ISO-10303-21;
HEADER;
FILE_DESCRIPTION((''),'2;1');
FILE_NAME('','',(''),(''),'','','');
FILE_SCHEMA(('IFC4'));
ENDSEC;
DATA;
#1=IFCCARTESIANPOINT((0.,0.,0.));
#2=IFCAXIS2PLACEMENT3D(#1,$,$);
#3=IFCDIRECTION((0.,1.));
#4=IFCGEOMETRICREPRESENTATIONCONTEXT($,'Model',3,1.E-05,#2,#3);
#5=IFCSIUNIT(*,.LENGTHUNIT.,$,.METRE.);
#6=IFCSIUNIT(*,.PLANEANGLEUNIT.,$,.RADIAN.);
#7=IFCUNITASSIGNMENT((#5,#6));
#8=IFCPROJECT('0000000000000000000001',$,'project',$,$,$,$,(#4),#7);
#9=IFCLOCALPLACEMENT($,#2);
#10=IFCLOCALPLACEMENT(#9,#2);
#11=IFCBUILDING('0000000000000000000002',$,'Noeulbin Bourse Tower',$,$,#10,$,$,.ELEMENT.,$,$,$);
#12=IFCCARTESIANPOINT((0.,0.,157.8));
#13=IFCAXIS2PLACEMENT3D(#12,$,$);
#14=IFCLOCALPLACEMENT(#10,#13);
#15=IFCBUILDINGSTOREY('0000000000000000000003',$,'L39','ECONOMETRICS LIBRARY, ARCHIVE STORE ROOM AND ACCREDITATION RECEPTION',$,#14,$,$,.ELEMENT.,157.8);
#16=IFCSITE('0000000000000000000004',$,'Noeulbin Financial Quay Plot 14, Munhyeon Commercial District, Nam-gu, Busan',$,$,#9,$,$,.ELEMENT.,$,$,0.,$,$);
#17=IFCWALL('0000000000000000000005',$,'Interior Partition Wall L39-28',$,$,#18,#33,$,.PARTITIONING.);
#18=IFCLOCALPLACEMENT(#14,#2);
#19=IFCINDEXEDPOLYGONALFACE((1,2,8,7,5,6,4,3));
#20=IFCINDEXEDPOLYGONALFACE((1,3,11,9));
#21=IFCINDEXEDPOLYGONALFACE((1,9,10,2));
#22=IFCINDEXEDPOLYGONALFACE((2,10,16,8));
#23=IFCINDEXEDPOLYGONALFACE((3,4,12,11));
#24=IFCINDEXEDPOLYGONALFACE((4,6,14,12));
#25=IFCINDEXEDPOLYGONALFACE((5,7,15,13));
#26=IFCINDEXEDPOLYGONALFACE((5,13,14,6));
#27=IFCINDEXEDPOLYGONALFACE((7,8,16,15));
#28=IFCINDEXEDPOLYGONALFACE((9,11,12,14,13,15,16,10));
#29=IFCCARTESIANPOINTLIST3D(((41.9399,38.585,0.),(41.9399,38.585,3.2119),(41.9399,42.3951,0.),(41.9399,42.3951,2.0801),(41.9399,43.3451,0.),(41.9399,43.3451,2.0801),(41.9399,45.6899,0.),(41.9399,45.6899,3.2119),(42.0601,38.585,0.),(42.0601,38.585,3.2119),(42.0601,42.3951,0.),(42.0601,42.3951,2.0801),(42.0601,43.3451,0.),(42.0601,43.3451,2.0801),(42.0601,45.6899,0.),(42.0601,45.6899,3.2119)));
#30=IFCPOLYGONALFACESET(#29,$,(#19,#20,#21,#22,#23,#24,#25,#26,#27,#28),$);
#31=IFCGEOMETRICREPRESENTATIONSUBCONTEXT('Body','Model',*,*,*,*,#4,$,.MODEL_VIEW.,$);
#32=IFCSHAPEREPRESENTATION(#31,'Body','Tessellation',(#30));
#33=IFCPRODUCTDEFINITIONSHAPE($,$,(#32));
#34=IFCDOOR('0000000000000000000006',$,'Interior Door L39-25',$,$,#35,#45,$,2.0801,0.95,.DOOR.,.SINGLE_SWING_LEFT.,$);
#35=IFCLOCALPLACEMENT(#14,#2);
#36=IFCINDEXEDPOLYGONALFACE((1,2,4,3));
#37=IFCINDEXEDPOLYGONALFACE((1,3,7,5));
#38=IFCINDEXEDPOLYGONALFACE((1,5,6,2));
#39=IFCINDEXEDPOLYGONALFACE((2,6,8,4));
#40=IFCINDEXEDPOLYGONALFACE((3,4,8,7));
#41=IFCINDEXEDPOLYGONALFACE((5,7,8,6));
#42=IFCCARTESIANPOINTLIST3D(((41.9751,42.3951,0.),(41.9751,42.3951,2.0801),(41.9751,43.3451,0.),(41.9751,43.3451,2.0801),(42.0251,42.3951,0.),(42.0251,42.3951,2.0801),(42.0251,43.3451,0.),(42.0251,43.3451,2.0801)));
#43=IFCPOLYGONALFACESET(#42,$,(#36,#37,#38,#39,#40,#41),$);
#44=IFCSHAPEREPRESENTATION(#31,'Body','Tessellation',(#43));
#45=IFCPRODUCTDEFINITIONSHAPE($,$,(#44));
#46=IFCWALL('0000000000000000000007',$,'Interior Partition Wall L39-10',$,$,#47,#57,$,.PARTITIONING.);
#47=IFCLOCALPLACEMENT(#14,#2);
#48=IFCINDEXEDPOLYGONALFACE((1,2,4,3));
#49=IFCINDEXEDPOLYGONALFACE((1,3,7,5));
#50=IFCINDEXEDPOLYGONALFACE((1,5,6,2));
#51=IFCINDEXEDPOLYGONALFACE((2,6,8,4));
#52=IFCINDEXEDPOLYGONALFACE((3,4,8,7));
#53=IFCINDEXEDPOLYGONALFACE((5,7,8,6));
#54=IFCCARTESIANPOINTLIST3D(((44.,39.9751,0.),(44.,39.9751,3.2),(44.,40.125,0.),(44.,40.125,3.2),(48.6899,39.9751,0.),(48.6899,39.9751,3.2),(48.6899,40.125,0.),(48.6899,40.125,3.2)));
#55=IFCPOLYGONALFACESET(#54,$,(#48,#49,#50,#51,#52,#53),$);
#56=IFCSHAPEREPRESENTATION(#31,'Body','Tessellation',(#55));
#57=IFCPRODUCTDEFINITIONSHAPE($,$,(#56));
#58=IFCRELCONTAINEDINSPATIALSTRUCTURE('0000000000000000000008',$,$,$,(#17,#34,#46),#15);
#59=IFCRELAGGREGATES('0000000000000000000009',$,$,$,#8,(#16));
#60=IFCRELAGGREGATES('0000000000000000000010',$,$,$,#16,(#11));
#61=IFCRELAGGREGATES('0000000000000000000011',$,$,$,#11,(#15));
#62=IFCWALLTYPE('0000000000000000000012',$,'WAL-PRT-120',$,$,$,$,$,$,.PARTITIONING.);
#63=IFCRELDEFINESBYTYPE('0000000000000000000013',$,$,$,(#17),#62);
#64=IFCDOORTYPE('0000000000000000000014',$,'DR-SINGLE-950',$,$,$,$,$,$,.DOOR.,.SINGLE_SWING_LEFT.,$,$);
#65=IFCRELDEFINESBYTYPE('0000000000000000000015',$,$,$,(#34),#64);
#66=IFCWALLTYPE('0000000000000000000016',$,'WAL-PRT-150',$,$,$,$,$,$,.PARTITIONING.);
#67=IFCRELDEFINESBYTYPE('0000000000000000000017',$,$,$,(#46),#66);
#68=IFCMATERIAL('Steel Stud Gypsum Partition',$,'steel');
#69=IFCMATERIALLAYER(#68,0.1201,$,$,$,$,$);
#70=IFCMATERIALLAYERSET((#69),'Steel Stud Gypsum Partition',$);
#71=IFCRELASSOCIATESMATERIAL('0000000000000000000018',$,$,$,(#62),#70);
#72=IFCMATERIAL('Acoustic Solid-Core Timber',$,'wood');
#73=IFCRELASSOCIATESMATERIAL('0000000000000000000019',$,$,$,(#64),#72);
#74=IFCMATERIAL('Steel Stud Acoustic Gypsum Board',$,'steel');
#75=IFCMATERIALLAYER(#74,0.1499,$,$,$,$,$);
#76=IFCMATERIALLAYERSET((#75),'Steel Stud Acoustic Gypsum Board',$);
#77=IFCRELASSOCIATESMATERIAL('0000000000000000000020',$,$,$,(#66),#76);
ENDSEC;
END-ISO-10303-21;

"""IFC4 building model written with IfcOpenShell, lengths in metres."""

from ifc_helpers import new_model, si_unit, direction, frame, frame_2d, origin, place, context, subcontext, project, spatial, rectangle, extrude, material, layer, layer_set, type_object, element, fill, save


model = new_model("IFC4")

# Units and contexts
model_context = context("Model", 3, precision=1e-05, world=origin(), true_north=direction((0.0, 1.0)))
body_context = subcontext(model_context, "Body", "Model", "MODEL_VIEW")
ifc_project = project(units=[si_unit("LENGTHUNIT", "METRE"), si_unit("PLANEANGLEUNIT", "RADIAN")], contexts=[model_context])

# Site, building, storey
site_placement = place(None, origin())
site = spatial("IfcSite", under=ifc_project, at=site_placement, Name="Noeulbin Financial Quay Plot 14, Munhyeon Commercial District, Nam-gu, Busan", CompositionType="ELEMENT", RefElevation=0.0)
building_placement = place(site_placement, origin())
building = spatial("IfcBuilding", under=site, at=building_placement, Name="Noeulbin Bourse Tower", CompositionType="ELEMENT")
storey_placement = place(building_placement, frame((0.0, 0.0, 157.8)))
storey = spatial("IfcBuildingStorey", under=building, at=storey_placement, Name="L39", Description="ECONOMETRICS LIBRARY, ARCHIVE STORE ROOM AND ACCREDITATION RECEPTION", CompositionType="ELEMENT", Elevation=157.8)

# Wall, opening, door
ifc_material_1 = material(Name="Steel Stud Gypsum Partition", Category="steel")
ifc_layer_1 = layer(ifc_material_1, 0.1201)
ifc_layer_set_1 = layer_set([ifc_layer_1], Name="Steel Stud Gypsum Partition")
wall_type_1 = type_object("IfcWallType", Name="WAL-PRT-120", PredefinedType="PARTITIONING", material=ifc_layer_set_1)
wall_1_placement = place(storey_placement, frame((42.0, 38.585, 0.0), z_axis=(0.0, 0.0, 1.0), x_axis=(0.0, 1.0, 0.0)))
wall_1 = element("IfcWall", 1, at=wall_1_placement, inside=storey, type_object=wall_type_1, Name="Interior Partition Wall L39-28", PredefinedType="PARTITIONING", context=body_context, shape_type="SweptSolid", body=[
    extrude(rectangle(XDim=7.105, YDim=0.1201, at=frame_2d((3.5525, 0.0))), origin(), (0.0, 0.0, 1.0), 3.2119),
])
opening_placement = place(wall_1_placement, frame((3.8101, 0.0, 0.0)))
opening = element("IfcOpeningElement", 2, at=opening_placement, cuts=wall_1, PredefinedType="OPENING", context=body_context, shape_type="SweptSolid", body=[
    extrude(rectangle(XDim=0.95, YDim=2.0801, at=frame_2d((0.4751, 1.04))), frame((0.0, 0.0701, 0.0), z_axis=(0.0, -1.0, 0.0), x_axis=(1.0, 0.0, 0.0)), (0.0, 0.0, 1.0), 0.1401),
])
ifc_material_2 = material(Name="Acoustic Solid-Core Timber", Category="wood")
door_type = type_object("IfcDoorType", Name="DR-SINGLE-950", OperationType="SINGLE_SWING_LEFT", PredefinedType="DOOR", material=ifc_material_2)
door_placement = place(opening_placement, origin())
door = element("IfcDoor", 3, at=door_placement, inside=storey, type_object=door_type, Name="Interior Door L39-25", OperationType="SINGLE_SWING_LEFT", OverallHeight=2.0801, OverallWidth=0.95, PredefinedType="DOOR", context=body_context, shape_type="SweptSolid", body=[
    extrude(rectangle(XDim=0.95, YDim=2.0801, at=frame_2d((0.4751, 1.04))), frame((0.0, 0.0249, 0.0), z_axis=(0.0, -1.0, 0.0), x_axis=(1.0, 0.0, 0.0)), (0.0, 0.0, 1.0), 0.05),
])
fill(opening, door)

# Wall
ifc_material_3 = material(Name="Steel Stud Acoustic Gypsum Board", Category="steel")
ifc_layer_2 = layer(ifc_material_3, 0.1499)
ifc_layer_set_2 = layer_set([ifc_layer_2], Name="Steel Stud Acoustic Gypsum Board")
wall_type_2 = type_object("IfcWallType", Name="WAL-PRT-150", PredefinedType="PARTITIONING", material=ifc_layer_set_2)
wall_2_placement = place(storey_placement, frame((44.0, 40.05, 0.0), z_axis=(0.0, 0.0, 1.0), x_axis=(1.0, 0.0, 0.0)))
element("IfcWall", 4, at=wall_2_placement, inside=storey, type_object=wall_type_2, Name="Interior Partition Wall L39-10", PredefinedType="PARTITIONING", context=body_context, shape_type="SweptSolid", body=[
    extrude(rectangle(XDim=4.6899, YDim=0.1499, at=frame_2d((2.345, 0.0))), origin(), (0.0, 0.0, 1.0), 3.2),
])

save(model, "model.ifc")
